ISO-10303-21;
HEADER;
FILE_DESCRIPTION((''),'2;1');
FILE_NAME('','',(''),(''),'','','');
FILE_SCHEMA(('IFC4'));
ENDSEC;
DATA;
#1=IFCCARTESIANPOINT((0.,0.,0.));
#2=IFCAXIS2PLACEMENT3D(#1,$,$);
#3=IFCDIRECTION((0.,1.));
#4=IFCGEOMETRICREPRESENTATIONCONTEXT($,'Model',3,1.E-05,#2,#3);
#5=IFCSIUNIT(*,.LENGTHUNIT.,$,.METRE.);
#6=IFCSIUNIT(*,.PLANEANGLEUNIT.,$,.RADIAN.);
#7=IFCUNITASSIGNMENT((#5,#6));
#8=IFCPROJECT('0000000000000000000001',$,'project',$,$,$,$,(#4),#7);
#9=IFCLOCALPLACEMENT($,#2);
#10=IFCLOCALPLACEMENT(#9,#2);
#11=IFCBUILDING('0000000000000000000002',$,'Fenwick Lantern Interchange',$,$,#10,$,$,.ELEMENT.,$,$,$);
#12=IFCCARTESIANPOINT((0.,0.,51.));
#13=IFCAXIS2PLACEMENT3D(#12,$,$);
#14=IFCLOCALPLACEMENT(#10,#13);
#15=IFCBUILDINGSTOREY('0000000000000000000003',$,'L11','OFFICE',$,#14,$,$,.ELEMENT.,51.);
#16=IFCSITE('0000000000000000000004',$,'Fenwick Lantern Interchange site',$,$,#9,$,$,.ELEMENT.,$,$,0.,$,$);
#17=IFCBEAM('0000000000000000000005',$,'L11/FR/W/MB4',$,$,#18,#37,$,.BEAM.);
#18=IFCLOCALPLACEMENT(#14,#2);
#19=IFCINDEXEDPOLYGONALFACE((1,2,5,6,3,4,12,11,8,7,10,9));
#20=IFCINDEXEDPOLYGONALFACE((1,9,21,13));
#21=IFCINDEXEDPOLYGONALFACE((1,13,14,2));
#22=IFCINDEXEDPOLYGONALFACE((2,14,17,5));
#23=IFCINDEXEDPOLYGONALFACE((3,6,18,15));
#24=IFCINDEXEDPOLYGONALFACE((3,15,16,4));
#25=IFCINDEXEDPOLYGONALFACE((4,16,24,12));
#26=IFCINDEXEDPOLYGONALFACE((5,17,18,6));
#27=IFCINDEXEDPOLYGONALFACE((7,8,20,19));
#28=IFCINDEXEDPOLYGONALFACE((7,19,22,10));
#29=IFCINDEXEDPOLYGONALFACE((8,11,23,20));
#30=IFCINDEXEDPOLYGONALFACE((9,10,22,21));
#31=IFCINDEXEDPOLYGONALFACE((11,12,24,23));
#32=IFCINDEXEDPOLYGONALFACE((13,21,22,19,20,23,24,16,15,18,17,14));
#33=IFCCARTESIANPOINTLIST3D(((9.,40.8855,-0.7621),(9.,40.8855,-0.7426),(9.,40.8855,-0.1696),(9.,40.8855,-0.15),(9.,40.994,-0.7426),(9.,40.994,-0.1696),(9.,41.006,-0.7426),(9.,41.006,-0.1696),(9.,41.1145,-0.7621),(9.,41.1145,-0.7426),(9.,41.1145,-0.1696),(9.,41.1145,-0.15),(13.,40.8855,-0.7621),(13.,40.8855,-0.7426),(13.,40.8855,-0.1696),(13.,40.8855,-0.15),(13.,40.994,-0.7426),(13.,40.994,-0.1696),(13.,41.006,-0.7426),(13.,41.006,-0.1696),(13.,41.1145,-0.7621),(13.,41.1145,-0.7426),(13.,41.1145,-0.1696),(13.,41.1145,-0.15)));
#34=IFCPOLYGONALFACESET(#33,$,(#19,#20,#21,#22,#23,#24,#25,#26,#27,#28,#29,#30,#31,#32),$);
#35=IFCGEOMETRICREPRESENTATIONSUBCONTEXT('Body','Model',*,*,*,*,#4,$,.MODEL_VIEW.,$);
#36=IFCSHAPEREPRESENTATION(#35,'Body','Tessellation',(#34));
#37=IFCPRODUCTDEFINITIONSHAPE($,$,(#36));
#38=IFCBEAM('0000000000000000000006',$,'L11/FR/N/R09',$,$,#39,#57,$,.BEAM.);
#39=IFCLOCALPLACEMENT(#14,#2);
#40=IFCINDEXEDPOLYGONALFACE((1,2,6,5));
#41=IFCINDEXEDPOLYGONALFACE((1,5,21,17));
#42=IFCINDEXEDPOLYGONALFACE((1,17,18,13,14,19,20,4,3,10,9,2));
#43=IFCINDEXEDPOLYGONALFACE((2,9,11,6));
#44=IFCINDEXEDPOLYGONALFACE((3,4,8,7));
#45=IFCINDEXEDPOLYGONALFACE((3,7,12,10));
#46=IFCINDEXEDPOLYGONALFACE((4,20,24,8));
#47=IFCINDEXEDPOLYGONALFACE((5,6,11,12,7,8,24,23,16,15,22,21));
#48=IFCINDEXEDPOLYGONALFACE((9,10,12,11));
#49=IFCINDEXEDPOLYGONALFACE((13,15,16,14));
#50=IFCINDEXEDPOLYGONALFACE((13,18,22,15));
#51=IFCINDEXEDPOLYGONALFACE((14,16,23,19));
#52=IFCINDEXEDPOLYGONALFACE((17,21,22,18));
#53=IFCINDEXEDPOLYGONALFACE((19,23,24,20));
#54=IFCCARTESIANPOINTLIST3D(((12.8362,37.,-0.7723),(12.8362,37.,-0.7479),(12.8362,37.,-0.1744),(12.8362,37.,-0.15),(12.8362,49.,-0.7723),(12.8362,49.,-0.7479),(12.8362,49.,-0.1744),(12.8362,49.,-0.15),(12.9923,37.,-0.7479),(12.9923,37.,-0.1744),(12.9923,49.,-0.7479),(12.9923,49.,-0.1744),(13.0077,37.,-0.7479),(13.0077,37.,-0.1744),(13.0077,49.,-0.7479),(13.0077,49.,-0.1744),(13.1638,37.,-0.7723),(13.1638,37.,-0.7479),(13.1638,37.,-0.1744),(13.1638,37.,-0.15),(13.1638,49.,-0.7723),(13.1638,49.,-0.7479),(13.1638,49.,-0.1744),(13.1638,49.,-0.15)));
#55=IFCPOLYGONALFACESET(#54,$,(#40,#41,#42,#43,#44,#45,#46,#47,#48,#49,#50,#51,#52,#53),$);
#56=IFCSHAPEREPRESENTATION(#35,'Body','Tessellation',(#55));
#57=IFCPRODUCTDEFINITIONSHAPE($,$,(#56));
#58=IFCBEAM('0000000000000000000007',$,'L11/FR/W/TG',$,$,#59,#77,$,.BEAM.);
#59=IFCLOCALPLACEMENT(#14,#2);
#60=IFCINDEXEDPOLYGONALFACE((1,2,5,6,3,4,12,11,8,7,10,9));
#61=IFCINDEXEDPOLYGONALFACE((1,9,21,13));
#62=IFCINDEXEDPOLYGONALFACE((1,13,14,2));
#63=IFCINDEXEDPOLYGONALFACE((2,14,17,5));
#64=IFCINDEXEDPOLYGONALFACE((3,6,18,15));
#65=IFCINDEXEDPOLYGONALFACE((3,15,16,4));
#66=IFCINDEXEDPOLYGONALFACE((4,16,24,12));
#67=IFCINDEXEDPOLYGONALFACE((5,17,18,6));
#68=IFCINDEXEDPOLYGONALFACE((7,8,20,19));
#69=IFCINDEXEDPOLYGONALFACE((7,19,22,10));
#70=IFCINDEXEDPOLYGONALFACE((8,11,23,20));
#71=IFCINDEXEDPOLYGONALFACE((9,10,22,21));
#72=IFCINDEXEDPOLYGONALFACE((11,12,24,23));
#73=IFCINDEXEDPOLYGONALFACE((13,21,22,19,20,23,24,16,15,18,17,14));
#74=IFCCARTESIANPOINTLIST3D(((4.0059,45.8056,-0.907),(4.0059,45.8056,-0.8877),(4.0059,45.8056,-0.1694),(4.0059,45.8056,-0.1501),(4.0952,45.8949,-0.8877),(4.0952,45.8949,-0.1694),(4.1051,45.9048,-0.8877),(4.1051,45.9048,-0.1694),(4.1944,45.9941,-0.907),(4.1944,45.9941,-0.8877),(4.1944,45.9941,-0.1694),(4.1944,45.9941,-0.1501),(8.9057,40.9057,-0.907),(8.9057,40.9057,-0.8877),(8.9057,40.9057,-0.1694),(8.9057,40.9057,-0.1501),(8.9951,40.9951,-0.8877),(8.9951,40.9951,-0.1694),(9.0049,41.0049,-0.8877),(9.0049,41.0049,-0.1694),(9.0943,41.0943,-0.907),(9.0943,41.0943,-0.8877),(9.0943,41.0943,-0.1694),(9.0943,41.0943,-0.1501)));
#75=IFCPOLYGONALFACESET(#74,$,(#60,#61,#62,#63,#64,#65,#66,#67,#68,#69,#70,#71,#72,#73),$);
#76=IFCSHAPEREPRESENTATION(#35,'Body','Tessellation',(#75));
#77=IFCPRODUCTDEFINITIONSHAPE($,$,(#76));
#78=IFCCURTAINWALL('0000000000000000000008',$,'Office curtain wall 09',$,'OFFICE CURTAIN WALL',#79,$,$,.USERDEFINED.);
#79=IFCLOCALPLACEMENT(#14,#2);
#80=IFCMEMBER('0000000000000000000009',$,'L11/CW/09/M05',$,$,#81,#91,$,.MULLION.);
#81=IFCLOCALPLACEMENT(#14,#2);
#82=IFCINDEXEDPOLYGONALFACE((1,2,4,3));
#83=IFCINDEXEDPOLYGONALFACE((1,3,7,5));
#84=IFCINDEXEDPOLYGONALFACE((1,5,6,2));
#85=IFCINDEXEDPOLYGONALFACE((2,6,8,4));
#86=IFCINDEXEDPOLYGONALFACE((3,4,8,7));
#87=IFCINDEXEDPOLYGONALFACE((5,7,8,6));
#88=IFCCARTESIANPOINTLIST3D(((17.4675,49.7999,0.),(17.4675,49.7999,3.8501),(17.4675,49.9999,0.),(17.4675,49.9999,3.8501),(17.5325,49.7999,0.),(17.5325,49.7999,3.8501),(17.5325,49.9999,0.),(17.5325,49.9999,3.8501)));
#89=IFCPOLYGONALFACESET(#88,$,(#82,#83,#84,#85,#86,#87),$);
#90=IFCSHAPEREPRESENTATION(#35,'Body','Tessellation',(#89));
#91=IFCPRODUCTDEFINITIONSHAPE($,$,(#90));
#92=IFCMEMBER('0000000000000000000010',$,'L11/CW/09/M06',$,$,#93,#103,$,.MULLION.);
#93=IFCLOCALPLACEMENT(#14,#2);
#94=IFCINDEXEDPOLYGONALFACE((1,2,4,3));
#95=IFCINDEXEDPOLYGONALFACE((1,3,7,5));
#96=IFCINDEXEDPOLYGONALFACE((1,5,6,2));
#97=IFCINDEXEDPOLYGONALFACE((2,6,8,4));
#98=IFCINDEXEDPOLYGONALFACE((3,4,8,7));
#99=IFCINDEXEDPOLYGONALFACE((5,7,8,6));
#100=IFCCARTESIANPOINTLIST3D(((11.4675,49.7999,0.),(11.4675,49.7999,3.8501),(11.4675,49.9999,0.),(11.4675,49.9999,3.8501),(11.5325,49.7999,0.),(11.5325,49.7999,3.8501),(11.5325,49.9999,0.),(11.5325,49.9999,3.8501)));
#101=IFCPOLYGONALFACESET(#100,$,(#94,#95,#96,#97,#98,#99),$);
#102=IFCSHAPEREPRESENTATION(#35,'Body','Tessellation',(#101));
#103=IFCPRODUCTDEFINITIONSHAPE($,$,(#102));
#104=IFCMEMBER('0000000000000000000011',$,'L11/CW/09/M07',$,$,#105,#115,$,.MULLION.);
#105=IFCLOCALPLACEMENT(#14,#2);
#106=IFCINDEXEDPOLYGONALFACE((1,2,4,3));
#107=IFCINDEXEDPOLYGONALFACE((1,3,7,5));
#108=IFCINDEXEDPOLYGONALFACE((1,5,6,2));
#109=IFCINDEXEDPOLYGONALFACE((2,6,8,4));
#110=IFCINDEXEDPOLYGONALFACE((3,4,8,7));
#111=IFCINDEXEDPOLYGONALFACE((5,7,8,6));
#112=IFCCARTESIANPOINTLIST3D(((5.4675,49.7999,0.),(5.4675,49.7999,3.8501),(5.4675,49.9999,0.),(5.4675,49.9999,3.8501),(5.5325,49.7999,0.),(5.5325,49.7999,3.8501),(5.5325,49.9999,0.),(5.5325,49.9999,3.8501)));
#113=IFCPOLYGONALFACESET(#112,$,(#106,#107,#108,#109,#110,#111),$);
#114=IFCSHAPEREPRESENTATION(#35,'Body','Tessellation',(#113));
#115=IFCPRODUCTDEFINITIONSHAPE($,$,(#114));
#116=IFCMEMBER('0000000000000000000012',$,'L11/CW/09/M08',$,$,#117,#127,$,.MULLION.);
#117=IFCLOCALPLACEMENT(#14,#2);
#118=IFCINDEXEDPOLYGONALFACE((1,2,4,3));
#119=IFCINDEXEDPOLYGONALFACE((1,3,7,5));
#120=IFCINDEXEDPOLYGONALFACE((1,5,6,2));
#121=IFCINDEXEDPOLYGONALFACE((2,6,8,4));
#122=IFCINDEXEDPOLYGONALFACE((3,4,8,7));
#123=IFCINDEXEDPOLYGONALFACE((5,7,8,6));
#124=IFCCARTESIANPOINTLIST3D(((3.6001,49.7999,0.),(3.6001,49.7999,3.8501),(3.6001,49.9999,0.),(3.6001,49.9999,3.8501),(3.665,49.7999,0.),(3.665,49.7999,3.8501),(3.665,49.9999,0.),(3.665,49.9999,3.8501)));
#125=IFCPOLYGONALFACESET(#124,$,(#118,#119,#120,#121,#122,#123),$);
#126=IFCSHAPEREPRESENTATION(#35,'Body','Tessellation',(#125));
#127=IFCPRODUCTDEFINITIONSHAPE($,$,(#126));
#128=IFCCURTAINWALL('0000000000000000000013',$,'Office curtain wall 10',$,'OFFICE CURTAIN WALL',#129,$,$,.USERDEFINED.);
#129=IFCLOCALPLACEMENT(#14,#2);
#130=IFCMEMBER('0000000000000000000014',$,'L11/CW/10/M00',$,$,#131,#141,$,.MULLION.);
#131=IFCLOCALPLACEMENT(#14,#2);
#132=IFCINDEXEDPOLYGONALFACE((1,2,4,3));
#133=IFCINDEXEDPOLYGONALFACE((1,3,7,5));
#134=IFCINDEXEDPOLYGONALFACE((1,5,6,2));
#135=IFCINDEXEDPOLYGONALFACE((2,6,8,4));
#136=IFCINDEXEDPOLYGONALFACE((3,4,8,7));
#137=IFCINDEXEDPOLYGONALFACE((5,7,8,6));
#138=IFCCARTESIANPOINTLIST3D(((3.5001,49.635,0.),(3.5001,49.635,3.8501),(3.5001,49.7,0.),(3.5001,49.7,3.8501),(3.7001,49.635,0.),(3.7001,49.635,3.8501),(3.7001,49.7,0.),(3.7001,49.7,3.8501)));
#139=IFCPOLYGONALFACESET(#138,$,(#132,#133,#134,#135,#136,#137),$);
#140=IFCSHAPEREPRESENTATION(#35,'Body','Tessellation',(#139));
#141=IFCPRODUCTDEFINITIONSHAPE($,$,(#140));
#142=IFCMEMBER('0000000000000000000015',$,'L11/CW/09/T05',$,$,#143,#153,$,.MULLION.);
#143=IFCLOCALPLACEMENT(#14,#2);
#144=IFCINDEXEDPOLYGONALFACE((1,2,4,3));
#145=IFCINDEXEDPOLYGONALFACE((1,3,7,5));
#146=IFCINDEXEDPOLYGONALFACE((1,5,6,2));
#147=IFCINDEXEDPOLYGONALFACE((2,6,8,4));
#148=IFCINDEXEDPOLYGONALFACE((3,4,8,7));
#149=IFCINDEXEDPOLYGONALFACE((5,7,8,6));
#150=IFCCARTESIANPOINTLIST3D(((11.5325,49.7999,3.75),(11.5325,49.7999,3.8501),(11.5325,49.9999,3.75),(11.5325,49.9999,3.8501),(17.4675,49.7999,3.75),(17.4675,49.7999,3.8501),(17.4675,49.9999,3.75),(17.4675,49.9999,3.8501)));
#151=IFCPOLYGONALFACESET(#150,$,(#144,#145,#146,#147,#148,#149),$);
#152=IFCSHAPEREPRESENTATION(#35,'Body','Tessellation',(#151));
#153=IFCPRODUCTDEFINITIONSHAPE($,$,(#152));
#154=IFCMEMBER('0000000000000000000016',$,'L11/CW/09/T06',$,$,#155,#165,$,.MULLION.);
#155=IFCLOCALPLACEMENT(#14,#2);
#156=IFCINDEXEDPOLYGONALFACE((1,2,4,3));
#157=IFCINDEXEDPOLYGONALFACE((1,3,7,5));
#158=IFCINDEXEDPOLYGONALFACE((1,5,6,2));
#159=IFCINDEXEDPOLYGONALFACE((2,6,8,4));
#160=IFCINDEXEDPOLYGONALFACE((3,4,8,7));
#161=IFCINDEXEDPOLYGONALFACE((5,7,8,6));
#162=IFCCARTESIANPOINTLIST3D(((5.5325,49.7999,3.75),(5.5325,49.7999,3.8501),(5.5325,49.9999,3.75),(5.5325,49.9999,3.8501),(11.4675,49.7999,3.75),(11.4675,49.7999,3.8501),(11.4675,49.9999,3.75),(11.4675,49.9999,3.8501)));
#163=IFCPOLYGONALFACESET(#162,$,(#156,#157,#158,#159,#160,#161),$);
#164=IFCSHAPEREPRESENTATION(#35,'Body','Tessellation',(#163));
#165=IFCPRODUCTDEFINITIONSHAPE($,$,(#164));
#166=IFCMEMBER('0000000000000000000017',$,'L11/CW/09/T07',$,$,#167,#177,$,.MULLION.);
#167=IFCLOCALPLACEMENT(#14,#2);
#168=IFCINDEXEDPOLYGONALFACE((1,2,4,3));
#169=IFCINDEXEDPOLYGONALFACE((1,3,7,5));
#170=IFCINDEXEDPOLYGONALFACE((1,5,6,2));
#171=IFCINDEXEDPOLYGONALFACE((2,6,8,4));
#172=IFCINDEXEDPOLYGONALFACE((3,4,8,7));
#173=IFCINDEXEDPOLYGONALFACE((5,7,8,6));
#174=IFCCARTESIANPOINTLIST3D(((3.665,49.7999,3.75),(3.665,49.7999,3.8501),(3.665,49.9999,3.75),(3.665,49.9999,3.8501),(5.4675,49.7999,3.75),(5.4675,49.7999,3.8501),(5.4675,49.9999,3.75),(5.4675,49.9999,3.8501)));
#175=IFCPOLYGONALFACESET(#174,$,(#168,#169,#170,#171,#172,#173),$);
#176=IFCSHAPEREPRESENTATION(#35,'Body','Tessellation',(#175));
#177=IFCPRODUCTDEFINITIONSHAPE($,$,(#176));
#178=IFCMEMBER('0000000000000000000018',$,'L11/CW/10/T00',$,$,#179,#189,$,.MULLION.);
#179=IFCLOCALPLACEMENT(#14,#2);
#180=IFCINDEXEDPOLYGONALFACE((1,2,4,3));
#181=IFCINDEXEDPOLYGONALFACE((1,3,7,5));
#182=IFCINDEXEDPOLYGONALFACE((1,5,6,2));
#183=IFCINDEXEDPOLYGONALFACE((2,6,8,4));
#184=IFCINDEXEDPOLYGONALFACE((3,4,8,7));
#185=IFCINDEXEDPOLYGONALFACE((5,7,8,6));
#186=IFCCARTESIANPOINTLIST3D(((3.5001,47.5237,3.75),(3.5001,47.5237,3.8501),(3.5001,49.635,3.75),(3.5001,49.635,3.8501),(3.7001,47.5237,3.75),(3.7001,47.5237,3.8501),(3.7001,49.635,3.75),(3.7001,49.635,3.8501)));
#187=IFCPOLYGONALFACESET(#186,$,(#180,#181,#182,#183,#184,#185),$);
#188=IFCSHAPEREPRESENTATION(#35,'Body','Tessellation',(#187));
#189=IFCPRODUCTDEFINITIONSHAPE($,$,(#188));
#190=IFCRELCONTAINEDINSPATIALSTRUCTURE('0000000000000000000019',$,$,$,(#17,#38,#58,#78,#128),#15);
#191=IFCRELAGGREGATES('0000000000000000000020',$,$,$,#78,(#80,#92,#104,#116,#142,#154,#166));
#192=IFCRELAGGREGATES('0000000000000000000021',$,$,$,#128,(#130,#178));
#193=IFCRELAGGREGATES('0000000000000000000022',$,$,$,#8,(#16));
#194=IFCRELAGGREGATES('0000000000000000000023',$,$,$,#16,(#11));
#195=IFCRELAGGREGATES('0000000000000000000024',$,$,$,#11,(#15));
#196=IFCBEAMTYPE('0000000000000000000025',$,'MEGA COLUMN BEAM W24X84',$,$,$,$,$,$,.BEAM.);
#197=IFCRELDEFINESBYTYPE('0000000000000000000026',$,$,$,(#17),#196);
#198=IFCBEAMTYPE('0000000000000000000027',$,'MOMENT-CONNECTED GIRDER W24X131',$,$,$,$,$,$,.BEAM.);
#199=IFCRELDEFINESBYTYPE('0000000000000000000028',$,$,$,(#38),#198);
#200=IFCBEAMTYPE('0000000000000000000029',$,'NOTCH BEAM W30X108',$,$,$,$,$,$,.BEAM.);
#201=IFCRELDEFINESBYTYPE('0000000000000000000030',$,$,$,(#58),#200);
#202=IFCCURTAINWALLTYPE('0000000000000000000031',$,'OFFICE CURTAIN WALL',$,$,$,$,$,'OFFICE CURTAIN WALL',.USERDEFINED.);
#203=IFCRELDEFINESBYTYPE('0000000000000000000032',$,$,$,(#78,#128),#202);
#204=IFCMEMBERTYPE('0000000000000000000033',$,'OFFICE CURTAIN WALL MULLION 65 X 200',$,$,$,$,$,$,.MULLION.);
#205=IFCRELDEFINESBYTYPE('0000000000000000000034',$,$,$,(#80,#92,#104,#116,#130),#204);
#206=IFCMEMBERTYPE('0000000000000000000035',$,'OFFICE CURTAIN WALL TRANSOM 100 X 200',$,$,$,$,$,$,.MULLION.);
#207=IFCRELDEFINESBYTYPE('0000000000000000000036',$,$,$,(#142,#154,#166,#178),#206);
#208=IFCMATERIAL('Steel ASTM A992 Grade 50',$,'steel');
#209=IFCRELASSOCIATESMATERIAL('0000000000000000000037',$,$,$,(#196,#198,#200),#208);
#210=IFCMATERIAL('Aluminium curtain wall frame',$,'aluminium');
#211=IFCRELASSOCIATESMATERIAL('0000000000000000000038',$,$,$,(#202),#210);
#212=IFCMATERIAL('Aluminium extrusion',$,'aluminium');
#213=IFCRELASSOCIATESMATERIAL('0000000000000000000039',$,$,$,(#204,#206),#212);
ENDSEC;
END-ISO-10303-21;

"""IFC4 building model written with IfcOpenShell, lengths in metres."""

from ifc_helpers import new_model, si_unit, direction, frame, origin, origin_2d, place, context, subcontext, project, spatial, rectangle, i_section, extrude, material, material_profile, profile_set, type_object, element, aggregate, save


model = new_model("IFC4")

# Units and contexts
model_context = context("Model", 3, precision=1e-05, world=origin(), true_north=direction((0.0, 1.0)))
body_context = subcontext(model_context, "Body", "Model", "MODEL_VIEW")
ifc_project = project(units=[si_unit("LENGTHUNIT", "METRE"), si_unit("PLANEANGLEUNIT", "RADIAN")], contexts=[model_context])

# Site, building, storey
site_placement = place(None, origin())
site = spatial("IfcSite", under=ifc_project, at=site_placement, Name="Fenwick Lantern Interchange site", CompositionType="ELEMENT", RefElevation=0.0)
building_placement = place(site_placement, origin())
building = spatial("IfcBuilding", under=site, at=building_placement, Name="Fenwick Lantern Interchange", CompositionType="ELEMENT")
storey_placement = place(building_placement, frame((0.0, 0.0, 51.0)))
storey = spatial("IfcBuildingStorey", under=building, at=storey_placement, Name="L11", Description="OFFICE", CompositionType="ELEMENT", Elevation=51.0)

# Beams
ifc_material_1 = material(Name="Steel ASTM A992 Grade 50", Category="steel")
ifc_material_profile_1 = material_profile(ifc_material_1, i_section(OverallWidth=0.229, OverallDepth=0.6121, WebThickness=0.012, FlangeThickness=0.0195, at=origin_2d()), Name="W24X84")
ifc_profile_set_1 = profile_set([ifc_material_profile_1], Name="Steel ASTM A992 Grade 50")
beam_type_1 = type_object("IfcBeamType", Name="MEGA COLUMN BEAM W24X84", PredefinedType="BEAM", material=ifc_profile_set_1)
for number, where, z_axis, x_axis, name in (
    (1, (9.0, 41.0, -0.4561), (1.0, 0.0, 0.0), (0.0, 1.0, 0.0), "L11/FR/W/MB4"),
):
    element("IfcBeam", number, at=place(storey_placement, frame(where, z_axis=z_axis, x_axis=x_axis)), inside=storey, type_object=beam_type_1, Name=name, PredefinedType="BEAM", context=body_context, shape_type="SweptSolid", body=[
        extrude(i_section(OverallWidth=0.229, OverallDepth=0.6121, WebThickness=0.012, FlangeThickness=0.0195, at=origin_2d()), origin(), (0.0, 0.0, 1.0), 4.0),
    ])
ifc_material_profile_2 = material_profile(ifc_material_1, i_section(OverallWidth=0.3276, OverallDepth=0.6223, WebThickness=0.0154, FlangeThickness=0.0244, at=origin_2d()), Name="W24X131")
ifc_profile_set_2 = profile_set([ifc_material_profile_2], Name="Steel ASTM A992 Grade 50")
beam_type_2 = type_object("IfcBeamType", Name="MOMENT-CONNECTED GIRDER W24X131", PredefinedType="BEAM", material=ifc_profile_set_2)
beam_1_placement = place(storey_placement, frame((13.0, 49.0, -0.4612), z_axis=(0.0, -1.0, 0.0), x_axis=(1.0, 0.0, 0.0)))
element("IfcBeam", 2, at=beam_1_placement, inside=storey, type_object=beam_type_2, Name="L11/FR/N/R09", PredefinedType="BEAM", context=body_context, shape_type="SweptSolid", body=[
    extrude(i_section(OverallWidth=0.3276, OverallDepth=0.6223, WebThickness=0.0154, FlangeThickness=0.0244, at=origin_2d()), origin(), (0.0, 0.0, 1.0), 12.0),
])
ifc_material_profile_3 = material_profile(ifc_material_1, i_section(OverallWidth=0.2666, OverallDepth=0.7568, WebThickness=0.0139, FlangeThickness=0.0193, at=origin_2d()), Name="W30X108")
ifc_profile_set_3 = profile_set([ifc_material_profile_3], Name="Steel ASTM A992 Grade 50")
beam_type_3 = type_object("IfcBeamType", Name="NOTCH BEAM W30X108", PredefinedType="BEAM", material=ifc_profile_set_3)
beam_2_placement = place(storey_placement, frame((9.0, 41.0, -0.5286), z_axis=(-0.707107, 0.707107, 0.0), x_axis=(-0.707107, -0.707107, 0.0)))
element("IfcBeam", 3, at=beam_2_placement, inside=storey, type_object=beam_type_3, Name="L11/FR/W/TG", PredefinedType="BEAM", context=body_context, shape_type="SweptSolid", body=[
    extrude(i_section(OverallWidth=0.2666, OverallDepth=0.7568, WebThickness=0.0139, FlangeThickness=0.0193, at=origin_2d()), origin(), (0.0, 0.0, 1.0), 6.9294),
])

# Curtain wall, members
ifc_material_2 = material(Name="Aluminium curtain wall frame", Category="aluminium")
curtain_wall_type = type_object("IfcCurtainWallType", Name="OFFICE CURTAIN WALL", ElementType="OFFICE CURTAIN WALL", PredefinedType="USERDEFINED", material=ifc_material_2)
curtain_wall_1_placement = place(storey_placement, origin())
curtain_wall_1 = element("IfcCurtainWall", 4, at=curtain_wall_1_placement, inside=storey, type_object=curtain_wall_type, Name="Office curtain wall 09", ObjectType="OFFICE CURTAIN WALL", PredefinedType="USERDEFINED")
ifc_material_3 = material(Name="Aluminium extrusion", Category="aluminium")
ifc_material_profile_4 = material_profile(ifc_material_3, rectangle(XDim=0.2, YDim=0.0649, at=origin_2d()), Name="OFFICE CURTAIN WALL MULLION 65 X 200")
ifc_profile_set_4 = profile_set([ifc_material_profile_4], Name="Aluminium extrusion")
member_type_1 = type_object("IfcMemberType", Name="OFFICE CURTAIN WALL MULLION 65 X 200", PredefinedType="MULLION", material=ifc_profile_set_4)
member_1_placement = place(storey_placement, frame((17.5, 49.8999, 0.0), z_axis=(0.0, 0.0, 1.0), x_axis=(0.0, -1.0, 0.0)))
member_1 = element("IfcMember", 5, at=member_1_placement, type_object=member_type_1, Name="L11/CW/09/M05", PredefinedType="MULLION", context=body_context, shape_type="SweptSolid", body=[
    extrude(rectangle(XDim=0.2, YDim=0.0649, at=origin_2d()), origin(), (0.0, 0.0, 1.0), 3.8501),
])
member_2_placement = place(storey_placement, frame((11.5, 49.8999, 0.0), z_axis=(0.0, 0.0, 1.0), x_axis=(0.0, -1.0, 0.0)))
member_2 = element("IfcMember", 6, at=member_2_placement, type_object=member_type_1, Name="L11/CW/09/M06", PredefinedType="MULLION", context=body_context, shape_type="SweptSolid", body=[
    extrude(rectangle(XDim=0.2, YDim=0.0649, at=origin_2d()), origin(), (0.0, 0.0, 1.0), 3.8501),
])
member_3_placement = place(storey_placement, frame((5.5, 49.8999, 0.0), z_axis=(0.0, 0.0, 1.0), x_axis=(0.0, -1.0, 0.0)))
member_3 = element("IfcMember", 7, at=member_3_placement, type_object=member_type_1, Name="L11/CW/09/M07", PredefinedType="MULLION", context=body_context, shape_type="SweptSolid", body=[
    extrude(rectangle(XDim=0.2, YDim=0.0649, at=origin_2d()), origin(), (0.0, 0.0, 1.0), 3.8501),
])
member_4_placement = place(storey_placement, frame((3.6326, 49.8999, 0.0), z_axis=(0.0, 0.0, 1.0), x_axis=(0.0, -1.0, 0.0)))
member_4 = element("IfcMember", 8, at=member_4_placement, type_object=member_type_1, Name="L11/CW/09/M08", PredefinedType="MULLION", context=body_context, shape_type="SweptSolid", body=[
    extrude(rectangle(XDim=0.2, YDim=0.0649, at=origin_2d()), origin(), (0.0, 0.0, 1.0), 3.8501),
])

# Curtain wall, member
curtain_wall_2_placement = place(storey_placement, origin())
curtain_wall_2 = element("IfcCurtainWall", 9, at=curtain_wall_2_placement, inside=storey, type_object=curtain_wall_type, Name="Office curtain wall 10", ObjectType="OFFICE CURTAIN WALL", PredefinedType="USERDEFINED")
member_5_placement = place(storey_placement, frame((3.6001, 49.6675, 0.0), z_axis=(0.0, 0.0, 1.0), x_axis=(1.0, 0.0, 0.0)))
member_5 = element("IfcMember", 10, at=member_5_placement, type_object=member_type_1, Name="L11/CW/10/M00", PredefinedType="MULLION", context=body_context, shape_type="SweptSolid", body=[
    extrude(rectangle(XDim=0.2, YDim=0.0649, at=origin_2d()), origin(), (0.0, 0.0, 1.0), 3.8501),
])

# Members
ifc_material_profile_5 = material_profile(ifc_material_3, rectangle(XDim=0.2, YDim=0.1001, at=origin_2d()), Name="OFFICE CURTAIN WALL TRANSOM 100 X 200")
ifc_profile_set_5 = profile_set([ifc_material_profile_5], Name="Aluminium extrusion")
member_type_2 = type_object("IfcMemberType", Name="OFFICE CURTAIN WALL TRANSOM 100 X 200", PredefinedType="MULLION", material=ifc_profile_set_5)
member_6_placement = place(storey_placement, frame((17.4675, 49.8999, 3.8), z_axis=(-1.0, 0.0, 0.0), x_axis=(0.0, -1.0, 0.0)))
member_6 = element("IfcMember", 11, at=member_6_placement, type_object=member_type_2, Name="L11/CW/09/T05", PredefinedType="MULLION", context=body_context, shape_type="SweptSolid", body=[
    extrude(rectangle(XDim=0.2, YDim=0.1001, at=origin_2d()), origin(), (0.0, 0.0, 1.0), 5.9351),
])
member_7_placement = place(storey_placement, frame((11.4675, 49.8999, 3.8), z_axis=(-1.0, 0.0, 0.0), x_axis=(0.0, -1.0, 0.0)))
member_7 = element("IfcMember", 12, at=member_7_placement, type_object=member_type_2, Name="L11/CW/09/T06", PredefinedType="MULLION", context=body_context, shape_type="SweptSolid", body=[
    extrude(rectangle(XDim=0.2, YDim=0.1001, at=origin_2d()), origin(), (0.0, 0.0, 1.0), 5.9351),
])
member_8_placement = place(storey_placement, frame((5.4675, 49.8999, 3.8), z_axis=(-1.0, 0.0, 0.0), x_axis=(0.0, -1.0, 0.0)))
member_8 = element("IfcMember", 13, at=member_8_placement, type_object=member_type_2, Name="L11/CW/09/T07", PredefinedType="MULLION", context=body_context, shape_type="SweptSolid", body=[
    extrude(rectangle(XDim=0.2, YDim=0.1001, at=origin_2d()), origin(), (0.0, 0.0, 1.0), 1.8025),
])
member_9_placement = place(storey_placement, frame((3.6001, 49.635, 3.8), z_axis=(0.0, -1.0, 0.0), x_axis=(1.0, 0.0, 0.0)))
member_9 = element("IfcMember", 14, at=member_9_placement, type_object=member_type_2, Name="L11/CW/10/T00", PredefinedType="MULLION", context=body_context, shape_type="SweptSolid", body=[
    extrude(rectangle(XDim=0.2, YDim=0.1001, at=origin_2d()), origin(), (0.0, 0.0, 1.0), 2.1113),
])

aggregate(curtain_wall_1, [member_1, member_2, member_3, member_4, member_6, member_7, member_8])
aggregate(curtain_wall_2, [member_5, member_9])

save(model, "model.ifc")
